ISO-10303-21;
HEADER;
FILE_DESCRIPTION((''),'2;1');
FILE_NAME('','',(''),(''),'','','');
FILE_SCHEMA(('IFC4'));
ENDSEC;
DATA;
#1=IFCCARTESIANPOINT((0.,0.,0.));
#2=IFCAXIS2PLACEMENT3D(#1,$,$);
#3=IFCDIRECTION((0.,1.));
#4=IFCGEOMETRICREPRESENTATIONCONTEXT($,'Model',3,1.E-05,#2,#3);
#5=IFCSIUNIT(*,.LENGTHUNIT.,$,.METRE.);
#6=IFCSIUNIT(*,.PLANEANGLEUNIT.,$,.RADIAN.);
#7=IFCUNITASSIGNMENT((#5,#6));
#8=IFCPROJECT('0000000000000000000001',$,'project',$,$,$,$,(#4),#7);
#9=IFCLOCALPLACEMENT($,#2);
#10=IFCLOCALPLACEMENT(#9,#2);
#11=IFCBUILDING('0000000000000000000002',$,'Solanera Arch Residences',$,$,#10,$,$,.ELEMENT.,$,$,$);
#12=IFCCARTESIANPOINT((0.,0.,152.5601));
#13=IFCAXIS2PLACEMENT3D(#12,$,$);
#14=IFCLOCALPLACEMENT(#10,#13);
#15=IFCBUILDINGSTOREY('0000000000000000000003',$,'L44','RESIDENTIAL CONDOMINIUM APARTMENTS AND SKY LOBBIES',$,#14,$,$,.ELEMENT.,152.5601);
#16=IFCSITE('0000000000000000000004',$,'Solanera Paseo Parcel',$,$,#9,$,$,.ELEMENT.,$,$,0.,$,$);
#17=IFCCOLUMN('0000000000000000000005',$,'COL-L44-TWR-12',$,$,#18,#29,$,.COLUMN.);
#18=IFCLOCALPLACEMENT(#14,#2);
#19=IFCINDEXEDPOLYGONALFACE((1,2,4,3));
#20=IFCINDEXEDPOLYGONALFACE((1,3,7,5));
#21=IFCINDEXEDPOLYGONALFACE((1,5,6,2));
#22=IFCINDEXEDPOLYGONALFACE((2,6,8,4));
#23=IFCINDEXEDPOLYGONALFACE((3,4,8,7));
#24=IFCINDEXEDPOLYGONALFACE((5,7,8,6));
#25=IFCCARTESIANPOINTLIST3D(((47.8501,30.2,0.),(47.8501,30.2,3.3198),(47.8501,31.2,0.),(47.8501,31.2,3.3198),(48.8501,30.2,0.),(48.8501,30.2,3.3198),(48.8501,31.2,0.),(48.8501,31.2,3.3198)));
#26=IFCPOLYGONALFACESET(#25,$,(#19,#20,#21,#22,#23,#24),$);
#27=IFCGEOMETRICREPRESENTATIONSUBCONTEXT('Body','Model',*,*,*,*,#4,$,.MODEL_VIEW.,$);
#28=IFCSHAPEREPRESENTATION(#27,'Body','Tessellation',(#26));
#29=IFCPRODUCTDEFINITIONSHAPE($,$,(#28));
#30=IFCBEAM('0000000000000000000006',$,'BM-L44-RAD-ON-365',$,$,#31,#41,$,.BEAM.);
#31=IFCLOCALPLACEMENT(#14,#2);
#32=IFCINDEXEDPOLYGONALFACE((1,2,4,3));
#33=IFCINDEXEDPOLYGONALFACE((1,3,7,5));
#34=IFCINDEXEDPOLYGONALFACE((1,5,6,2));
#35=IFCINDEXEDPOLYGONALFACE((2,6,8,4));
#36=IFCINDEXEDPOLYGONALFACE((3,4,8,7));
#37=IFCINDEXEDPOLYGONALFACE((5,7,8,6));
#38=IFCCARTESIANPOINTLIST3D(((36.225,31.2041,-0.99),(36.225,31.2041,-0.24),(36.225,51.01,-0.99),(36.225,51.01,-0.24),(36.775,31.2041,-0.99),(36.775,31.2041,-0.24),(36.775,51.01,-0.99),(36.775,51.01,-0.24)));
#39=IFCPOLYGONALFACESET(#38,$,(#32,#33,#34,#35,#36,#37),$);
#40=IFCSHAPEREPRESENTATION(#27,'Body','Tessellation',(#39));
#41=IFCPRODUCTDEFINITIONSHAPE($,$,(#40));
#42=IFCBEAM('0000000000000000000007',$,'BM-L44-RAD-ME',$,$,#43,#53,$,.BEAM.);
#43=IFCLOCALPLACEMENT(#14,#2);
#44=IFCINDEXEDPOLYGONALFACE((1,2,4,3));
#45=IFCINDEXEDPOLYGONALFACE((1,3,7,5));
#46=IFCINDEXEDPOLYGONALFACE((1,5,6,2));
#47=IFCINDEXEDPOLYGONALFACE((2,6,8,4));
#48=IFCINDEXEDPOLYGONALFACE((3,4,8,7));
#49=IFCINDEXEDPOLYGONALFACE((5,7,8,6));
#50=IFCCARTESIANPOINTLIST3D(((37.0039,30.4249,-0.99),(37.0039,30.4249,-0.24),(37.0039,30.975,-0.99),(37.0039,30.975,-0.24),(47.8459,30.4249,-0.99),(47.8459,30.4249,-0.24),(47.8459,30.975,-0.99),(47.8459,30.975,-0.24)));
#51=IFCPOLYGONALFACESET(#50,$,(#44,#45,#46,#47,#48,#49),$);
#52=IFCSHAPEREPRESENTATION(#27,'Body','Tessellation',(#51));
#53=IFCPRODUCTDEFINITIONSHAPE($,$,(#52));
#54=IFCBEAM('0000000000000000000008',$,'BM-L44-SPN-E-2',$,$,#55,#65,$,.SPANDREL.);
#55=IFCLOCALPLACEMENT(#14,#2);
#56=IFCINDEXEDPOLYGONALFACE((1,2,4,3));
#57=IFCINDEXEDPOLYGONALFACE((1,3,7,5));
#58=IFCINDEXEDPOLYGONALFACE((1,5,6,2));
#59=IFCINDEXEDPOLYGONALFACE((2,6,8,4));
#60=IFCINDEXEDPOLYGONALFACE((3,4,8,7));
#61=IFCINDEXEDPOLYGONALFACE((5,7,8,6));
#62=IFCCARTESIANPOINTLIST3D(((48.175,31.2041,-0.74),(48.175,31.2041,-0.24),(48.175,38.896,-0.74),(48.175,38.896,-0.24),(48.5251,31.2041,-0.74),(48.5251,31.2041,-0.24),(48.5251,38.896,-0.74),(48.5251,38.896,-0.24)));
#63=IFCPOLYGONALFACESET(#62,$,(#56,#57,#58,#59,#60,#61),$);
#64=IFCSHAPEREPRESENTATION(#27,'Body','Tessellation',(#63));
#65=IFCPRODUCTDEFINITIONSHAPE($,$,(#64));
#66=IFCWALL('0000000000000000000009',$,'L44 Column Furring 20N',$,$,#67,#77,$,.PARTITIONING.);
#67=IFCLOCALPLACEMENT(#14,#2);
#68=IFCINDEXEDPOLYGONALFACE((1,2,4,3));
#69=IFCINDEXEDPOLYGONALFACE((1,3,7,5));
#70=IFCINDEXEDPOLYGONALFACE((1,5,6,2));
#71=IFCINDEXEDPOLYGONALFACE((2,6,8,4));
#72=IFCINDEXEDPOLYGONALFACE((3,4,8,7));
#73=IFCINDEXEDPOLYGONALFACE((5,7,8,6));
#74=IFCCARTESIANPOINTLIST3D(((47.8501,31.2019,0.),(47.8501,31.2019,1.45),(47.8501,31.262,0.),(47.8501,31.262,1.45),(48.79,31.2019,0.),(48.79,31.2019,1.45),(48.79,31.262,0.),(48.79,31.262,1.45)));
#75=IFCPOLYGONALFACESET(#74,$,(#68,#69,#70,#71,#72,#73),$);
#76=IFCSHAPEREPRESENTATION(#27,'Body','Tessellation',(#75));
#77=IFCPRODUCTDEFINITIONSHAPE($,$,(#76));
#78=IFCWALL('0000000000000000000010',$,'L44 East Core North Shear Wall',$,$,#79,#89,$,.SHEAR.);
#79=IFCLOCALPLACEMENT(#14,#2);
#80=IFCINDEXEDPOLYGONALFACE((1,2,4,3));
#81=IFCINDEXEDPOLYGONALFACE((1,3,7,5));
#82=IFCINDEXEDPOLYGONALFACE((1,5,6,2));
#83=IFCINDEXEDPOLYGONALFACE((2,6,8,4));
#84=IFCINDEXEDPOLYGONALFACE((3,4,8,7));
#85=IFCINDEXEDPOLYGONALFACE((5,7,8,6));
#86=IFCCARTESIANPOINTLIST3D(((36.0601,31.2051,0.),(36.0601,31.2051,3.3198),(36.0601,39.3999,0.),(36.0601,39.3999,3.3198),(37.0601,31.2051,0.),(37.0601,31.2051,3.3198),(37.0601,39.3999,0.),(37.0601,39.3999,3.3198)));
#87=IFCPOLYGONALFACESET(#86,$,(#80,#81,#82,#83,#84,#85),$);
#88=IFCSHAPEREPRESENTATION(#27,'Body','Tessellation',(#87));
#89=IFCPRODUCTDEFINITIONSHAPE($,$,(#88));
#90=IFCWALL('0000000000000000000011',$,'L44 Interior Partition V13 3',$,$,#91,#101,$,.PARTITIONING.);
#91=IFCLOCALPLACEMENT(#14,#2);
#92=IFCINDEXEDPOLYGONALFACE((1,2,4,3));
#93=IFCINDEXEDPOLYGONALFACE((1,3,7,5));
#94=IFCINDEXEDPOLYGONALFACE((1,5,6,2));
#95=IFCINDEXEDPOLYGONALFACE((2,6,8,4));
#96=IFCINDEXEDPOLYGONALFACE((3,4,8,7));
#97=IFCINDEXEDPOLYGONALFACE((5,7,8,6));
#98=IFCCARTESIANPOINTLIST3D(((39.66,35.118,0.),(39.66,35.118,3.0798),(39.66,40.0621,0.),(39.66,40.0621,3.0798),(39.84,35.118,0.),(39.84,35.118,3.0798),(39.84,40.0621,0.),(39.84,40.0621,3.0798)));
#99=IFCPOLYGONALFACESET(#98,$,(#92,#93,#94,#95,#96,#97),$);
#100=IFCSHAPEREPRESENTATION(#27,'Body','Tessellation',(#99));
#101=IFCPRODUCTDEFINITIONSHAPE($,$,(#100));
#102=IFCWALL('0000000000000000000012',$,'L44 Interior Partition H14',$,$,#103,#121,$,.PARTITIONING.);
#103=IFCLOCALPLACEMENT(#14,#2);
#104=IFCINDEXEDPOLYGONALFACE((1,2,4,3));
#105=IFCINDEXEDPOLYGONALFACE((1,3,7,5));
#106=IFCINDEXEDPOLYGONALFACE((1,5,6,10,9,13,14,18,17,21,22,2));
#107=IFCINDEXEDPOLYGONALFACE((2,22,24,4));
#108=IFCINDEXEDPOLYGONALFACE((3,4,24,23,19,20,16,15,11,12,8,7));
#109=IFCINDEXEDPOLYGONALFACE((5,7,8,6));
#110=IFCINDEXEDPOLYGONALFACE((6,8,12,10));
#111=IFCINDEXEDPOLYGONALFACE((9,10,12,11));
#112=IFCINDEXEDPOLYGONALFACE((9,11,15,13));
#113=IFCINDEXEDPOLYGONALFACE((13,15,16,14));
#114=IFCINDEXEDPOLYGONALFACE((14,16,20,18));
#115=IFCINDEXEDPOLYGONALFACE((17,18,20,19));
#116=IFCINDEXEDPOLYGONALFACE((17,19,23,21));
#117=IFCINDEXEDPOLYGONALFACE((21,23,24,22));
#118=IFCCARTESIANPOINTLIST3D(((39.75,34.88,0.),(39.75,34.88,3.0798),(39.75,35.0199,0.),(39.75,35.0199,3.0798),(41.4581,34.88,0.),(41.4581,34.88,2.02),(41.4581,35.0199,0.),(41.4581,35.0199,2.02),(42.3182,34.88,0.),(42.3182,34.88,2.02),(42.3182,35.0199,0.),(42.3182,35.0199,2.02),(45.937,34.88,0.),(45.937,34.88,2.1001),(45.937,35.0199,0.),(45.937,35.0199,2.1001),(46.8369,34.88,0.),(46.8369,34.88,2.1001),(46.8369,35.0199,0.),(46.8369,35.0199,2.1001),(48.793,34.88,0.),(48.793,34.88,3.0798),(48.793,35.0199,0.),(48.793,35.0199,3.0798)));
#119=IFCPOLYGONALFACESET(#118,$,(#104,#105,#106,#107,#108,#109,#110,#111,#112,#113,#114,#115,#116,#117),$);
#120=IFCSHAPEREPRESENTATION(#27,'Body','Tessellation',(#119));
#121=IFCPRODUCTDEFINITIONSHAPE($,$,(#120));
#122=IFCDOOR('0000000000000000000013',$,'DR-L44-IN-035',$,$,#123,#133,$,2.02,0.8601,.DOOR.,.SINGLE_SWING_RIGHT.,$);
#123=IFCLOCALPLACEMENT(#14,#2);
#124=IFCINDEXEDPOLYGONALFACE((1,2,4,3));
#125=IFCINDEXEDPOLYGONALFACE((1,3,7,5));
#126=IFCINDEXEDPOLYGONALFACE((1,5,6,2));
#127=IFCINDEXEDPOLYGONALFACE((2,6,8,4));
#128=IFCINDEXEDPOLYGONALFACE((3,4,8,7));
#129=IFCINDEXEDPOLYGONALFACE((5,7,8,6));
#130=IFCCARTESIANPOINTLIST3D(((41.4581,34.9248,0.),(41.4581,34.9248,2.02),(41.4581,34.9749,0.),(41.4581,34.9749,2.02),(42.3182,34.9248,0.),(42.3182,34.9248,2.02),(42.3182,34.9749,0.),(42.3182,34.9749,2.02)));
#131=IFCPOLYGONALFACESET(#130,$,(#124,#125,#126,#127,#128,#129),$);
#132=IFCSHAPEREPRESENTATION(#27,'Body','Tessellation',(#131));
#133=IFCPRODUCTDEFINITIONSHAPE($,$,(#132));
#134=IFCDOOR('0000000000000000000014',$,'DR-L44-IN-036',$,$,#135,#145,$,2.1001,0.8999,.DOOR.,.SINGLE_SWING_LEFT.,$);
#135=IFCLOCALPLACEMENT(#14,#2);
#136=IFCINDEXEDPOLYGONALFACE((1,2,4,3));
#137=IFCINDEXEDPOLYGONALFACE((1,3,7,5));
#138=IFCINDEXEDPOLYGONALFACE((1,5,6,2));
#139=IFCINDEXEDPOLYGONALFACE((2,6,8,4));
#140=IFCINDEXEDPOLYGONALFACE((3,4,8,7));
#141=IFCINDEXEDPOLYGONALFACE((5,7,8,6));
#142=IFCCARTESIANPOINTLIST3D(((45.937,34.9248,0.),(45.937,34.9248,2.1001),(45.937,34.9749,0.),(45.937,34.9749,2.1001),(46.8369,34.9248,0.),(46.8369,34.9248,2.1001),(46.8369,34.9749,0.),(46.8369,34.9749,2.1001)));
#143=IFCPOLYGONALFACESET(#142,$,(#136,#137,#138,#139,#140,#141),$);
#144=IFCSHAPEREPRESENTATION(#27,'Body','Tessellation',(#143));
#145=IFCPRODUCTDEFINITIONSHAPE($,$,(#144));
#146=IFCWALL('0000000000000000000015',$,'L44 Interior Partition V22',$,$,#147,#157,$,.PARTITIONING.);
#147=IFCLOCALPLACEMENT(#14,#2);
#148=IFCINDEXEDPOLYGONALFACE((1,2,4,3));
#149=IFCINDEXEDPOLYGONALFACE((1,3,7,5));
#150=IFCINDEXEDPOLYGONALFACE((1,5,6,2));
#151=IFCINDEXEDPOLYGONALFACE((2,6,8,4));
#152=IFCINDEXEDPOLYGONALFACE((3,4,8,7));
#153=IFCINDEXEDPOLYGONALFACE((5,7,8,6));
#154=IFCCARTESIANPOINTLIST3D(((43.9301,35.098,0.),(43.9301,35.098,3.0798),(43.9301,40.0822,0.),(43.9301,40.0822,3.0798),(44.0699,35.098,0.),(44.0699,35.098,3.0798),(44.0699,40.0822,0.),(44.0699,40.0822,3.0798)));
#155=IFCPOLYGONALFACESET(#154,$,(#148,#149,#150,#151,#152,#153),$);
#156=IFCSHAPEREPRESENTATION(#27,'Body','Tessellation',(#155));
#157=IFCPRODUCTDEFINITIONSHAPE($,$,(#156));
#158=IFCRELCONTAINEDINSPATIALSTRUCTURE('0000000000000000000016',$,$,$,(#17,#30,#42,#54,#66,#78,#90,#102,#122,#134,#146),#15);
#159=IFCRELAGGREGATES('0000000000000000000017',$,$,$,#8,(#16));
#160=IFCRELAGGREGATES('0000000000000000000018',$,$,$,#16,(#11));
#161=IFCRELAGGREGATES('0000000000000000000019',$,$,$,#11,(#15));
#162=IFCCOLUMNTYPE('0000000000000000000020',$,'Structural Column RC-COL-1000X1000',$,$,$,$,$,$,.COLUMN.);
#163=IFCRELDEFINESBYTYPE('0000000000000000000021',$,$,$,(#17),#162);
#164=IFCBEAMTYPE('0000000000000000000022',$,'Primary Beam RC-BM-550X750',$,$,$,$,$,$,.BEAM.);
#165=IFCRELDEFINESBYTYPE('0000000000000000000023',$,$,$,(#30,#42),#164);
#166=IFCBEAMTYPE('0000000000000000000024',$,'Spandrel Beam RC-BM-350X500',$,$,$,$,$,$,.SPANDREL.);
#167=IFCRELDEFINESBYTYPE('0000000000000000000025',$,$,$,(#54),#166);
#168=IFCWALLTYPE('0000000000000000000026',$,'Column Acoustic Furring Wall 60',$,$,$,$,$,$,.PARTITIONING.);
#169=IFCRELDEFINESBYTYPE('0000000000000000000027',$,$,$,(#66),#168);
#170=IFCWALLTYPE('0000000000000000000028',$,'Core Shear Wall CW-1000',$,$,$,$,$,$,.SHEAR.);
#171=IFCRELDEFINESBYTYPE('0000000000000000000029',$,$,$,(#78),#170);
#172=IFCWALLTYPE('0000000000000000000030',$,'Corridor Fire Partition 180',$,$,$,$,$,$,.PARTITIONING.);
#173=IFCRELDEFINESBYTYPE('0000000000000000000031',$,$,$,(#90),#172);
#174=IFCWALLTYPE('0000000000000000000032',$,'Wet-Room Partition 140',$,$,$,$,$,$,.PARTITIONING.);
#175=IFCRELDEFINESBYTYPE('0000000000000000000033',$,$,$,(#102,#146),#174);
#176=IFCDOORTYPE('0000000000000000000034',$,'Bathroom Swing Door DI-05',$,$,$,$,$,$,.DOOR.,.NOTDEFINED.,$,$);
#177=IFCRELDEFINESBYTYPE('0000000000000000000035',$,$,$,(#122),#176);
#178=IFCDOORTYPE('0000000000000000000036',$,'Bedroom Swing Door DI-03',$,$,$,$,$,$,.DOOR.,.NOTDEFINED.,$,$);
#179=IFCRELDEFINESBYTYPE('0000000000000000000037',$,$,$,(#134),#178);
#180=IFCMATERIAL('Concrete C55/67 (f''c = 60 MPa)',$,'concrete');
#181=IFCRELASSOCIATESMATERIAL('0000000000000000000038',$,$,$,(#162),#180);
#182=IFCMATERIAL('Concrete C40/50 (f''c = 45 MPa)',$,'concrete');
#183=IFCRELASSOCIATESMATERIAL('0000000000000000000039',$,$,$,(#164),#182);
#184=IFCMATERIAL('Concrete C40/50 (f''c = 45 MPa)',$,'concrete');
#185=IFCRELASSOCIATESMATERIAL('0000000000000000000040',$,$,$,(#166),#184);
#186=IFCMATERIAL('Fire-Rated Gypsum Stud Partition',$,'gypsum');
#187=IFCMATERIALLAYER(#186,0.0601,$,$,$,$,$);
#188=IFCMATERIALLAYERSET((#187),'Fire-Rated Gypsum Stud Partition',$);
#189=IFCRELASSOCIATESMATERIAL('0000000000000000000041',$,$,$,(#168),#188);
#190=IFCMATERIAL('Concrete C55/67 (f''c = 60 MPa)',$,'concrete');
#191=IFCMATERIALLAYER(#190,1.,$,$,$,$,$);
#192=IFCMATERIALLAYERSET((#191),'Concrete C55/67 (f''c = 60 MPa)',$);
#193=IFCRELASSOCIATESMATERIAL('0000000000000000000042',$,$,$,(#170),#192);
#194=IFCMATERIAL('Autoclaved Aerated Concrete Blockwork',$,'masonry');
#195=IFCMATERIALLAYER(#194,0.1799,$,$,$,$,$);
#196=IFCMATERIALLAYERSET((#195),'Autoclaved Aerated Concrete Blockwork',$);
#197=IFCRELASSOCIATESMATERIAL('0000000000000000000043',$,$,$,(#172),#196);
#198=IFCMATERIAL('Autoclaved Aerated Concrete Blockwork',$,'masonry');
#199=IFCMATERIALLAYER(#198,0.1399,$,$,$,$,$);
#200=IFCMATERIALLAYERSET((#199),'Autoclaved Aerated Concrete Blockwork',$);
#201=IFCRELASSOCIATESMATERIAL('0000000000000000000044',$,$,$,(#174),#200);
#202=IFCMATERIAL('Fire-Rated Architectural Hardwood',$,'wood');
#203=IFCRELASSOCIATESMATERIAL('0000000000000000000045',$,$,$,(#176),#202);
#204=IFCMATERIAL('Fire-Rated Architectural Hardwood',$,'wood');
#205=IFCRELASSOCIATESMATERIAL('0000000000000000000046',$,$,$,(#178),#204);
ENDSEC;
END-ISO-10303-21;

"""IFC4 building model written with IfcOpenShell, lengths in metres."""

from ifc_helpers import new_model, si_unit, direction, frame, frame_2d, origin, origin_2d, place, context, subcontext, project, spatial, rectangle, extrude, material, layer, layer_set, material_profile, profile_set, type_object, element, fill, save


model = new_model("IFC4")

# Units and contexts
model_context = context("Model", 3, precision=1e-05, world=origin(), true_north=direction((0.0, 1.0)))
body_context = subcontext(model_context, "Body", "Model", "MODEL_VIEW")
ifc_project = project(units=[si_unit("LENGTHUNIT", "METRE"), si_unit("PLANEANGLEUNIT", "RADIAN")], contexts=[model_context])

# Site, building, storey
site_placement = place(None, origin())
site = spatial("IfcSite", under=ifc_project, at=site_placement, Name="Solanera Paseo Parcel", CompositionType="ELEMENT", RefElevation=0.0)
building_placement = place(site_placement, origin())
building = spatial("IfcBuilding", under=site, at=building_placement, Name="Solanera Arch Residences", CompositionType="ELEMENT")
storey_placement = place(building_placement, frame((0.0, 0.0, 152.5601)))
storey = spatial("IfcBuildingStorey", under=building, at=storey_placement, Name="L44", Description="RESIDENTIAL CONDOMINIUM APARTMENTS AND SKY LOBBIES", CompositionType="ELEMENT", Elevation=152.5601)

# Column
ifc_material_1 = material(Name="Concrete C55/67 (f'c = 60 MPa)", Category="concrete")
ifc_material_profile_1 = material_profile(ifc_material_1, rectangle(XDim=1.0, YDim=1.0, at=origin_2d()))
ifc_profile_set_1 = profile_set([ifc_material_profile_1], Name="Concrete C55/67 (f'c = 60 MPa)")
column_type = type_object("IfcColumnType", Name="Structural Column RC-COL-1000X1000", PredefinedType="COLUMN", material=ifc_profile_set_1)
column_placement = place(storey_placement, frame((48.3501, 30.7, 0.0), z_axis=(0.0, 0.0, 1.0), x_axis=(1.0, 0.0, 0.0)))
element("IfcColumn", 1, at=column_placement, inside=storey, type_object=column_type, Name="COL-L44-TWR-12", PredefinedType="COLUMN", context=body_context, shape_type="SweptSolid", body=[
    extrude(rectangle(XDim=1.0, YDim=1.0, at=origin_2d()), origin(), (0.0, 0.0, 1.0), 3.3198),
])

# Beams
ifc_material_2 = material(Name="Concrete C40/50 (f'c = 45 MPa)", Category="concrete")
ifc_material_profile_2 = material_profile(ifc_material_2, rectangle(XDim=0.55, YDim=0.75, at=origin_2d()))
ifc_profile_set_2 = profile_set([ifc_material_profile_2], Name="Concrete C40/50 (f'c = 45 MPa)")
beam_type_1 = type_object("IfcBeamType", Name="Primary Beam RC-BM-550X750", PredefinedType="BEAM", material=ifc_profile_set_2)
beam_1_placement = place(storey_placement, frame((36.5, 31.2041, -0.615), z_axis=(0.0, 1.0, 0.0), x_axis=(-1.0, 0.0, 0.0)))
element("IfcBeam", 2, at=beam_1_placement, inside=storey, type_object=beam_type_1, Name="BM-L44-RAD-ON-365", PredefinedType="BEAM", context=body_context, shape_type="SweptSolid", body=[
    extrude(rectangle(XDim=0.55, YDim=0.75, at=origin_2d()), origin(), (0.0, 0.0, 1.0), 19.8059),
])
beam_2_placement = place(storey_placement, frame((37.0039, 30.7, -0.615), z_axis=(1.0, 0.0, 0.0), x_axis=(0.0, 1.0, 0.0)))
element("IfcBeam", 3, at=beam_2_placement, inside=storey, type_object=beam_type_1, Name="BM-L44-RAD-ME", PredefinedType="BEAM", context=body_context, shape_type="SweptSolid", body=[
    extrude(rectangle(XDim=0.55, YDim=0.75, at=origin_2d()), origin(), (0.0, 0.0, 1.0), 10.842),
])
ifc_material_3 = material(Name="Concrete C40/50 (f'c = 45 MPa)", Category="concrete")
ifc_material_profile_3 = material_profile(ifc_material_3, rectangle(XDim=0.3501, YDim=0.5, at=origin_2d()))
ifc_profile_set_3 = profile_set([ifc_material_profile_3], Name="Concrete C40/50 (f'c = 45 MPa)")
beam_type_2 = type_object("IfcBeamType", Name="Spandrel Beam RC-BM-350X500", PredefinedType="SPANDREL", material=ifc_profile_set_3)
beam_3_placement = place(storey_placement, frame((48.3501, 31.2041, -0.49), z_axis=(0.0, 1.0, 0.0), x_axis=(-1.0, 0.0, 0.0)))
element("IfcBeam", 4, at=beam_3_placement, inside=storey, type_object=beam_type_2, Name="BM-L44-SPN-E-2", PredefinedType="SPANDREL", context=body_context, shape_type="SweptSolid", body=[
    extrude(rectangle(XDim=0.3501, YDim=0.5, at=origin_2d()), origin(), (0.0, 0.0, 1.0), 7.6919),
])

# Walls
ifc_material_4 = material(Name="Fire-Rated Gypsum Stud Partition", Category="gypsum")
ifc_layer_1 = layer(ifc_material_4, 0.0601)
ifc_layer_set_1 = layer_set([ifc_layer_1], Name="Fire-Rated Gypsum Stud Partition")
wall_type_1 = type_object("IfcWallType", Name="Column Acoustic Furring Wall 60", PredefinedType="PARTITIONING", material=ifc_layer_set_1)
wall_1_placement = place(storey_placement, frame((47.8501, 31.2319, 0.0), z_axis=(0.0, 0.0, 1.0), x_axis=(1.0, 0.0, 0.0)))
element("IfcWall", 5, at=wall_1_placement, inside=storey, type_object=wall_type_1, Name="L44 Column Furring 20N", PredefinedType="PARTITIONING", context=body_context, shape_type="SweptSolid", body=[
    extrude(rectangle(XDim=0.9399, YDim=0.0601, at=frame_2d((0.47, 0.0))), origin(), (0.0, 0.0, 1.0), 1.45),
])
ifc_material_5 = material(Name="Concrete C55/67 (f'c = 60 MPa)", Category="concrete")
ifc_layer_2 = layer(ifc_material_5, 1.0)
ifc_layer_set_2 = layer_set([ifc_layer_2], Name="Concrete C55/67 (f'c = 60 MPa)")
wall_type_2 = type_object("IfcWallType", Name="Core Shear Wall CW-1000", PredefinedType="SHEAR", material=ifc_layer_set_2)
wall_2_placement = place(storey_placement, frame((36.5601, 31.2051, 0.0), z_axis=(0.0, 0.0, 1.0), x_axis=(0.0, 1.0, 0.0)))
element("IfcWall", 6, at=wall_2_placement, inside=storey, type_object=wall_type_2, Name="L44 East Core North Shear Wall", PredefinedType="SHEAR", context=body_context, shape_type="SweptSolid", body=[
    extrude(rectangle(XDim=8.1948, YDim=1.0, at=frame_2d((4.0974, 0.0))), origin(), (0.0, 0.0, 1.0), 3.3198),
])

# Wall
ifc_material_6 = material(Name="Autoclaved Aerated Concrete Blockwork", Category="masonry")
ifc_layer_3 = layer(ifc_material_6, 0.1799)
ifc_layer_set_3 = layer_set([ifc_layer_3], Name="Autoclaved Aerated Concrete Blockwork")
wall_type_3 = type_object("IfcWallType", Name="Corridor Fire Partition 180", PredefinedType="PARTITIONING", material=ifc_layer_set_3)
wall_3_placement = place(storey_placement, frame((39.75, 35.1179, 0.0), z_axis=(0.0, 0.0, 1.0), x_axis=(0.0, 1.0, 0.0)))
element("IfcWall", 7, at=wall_3_placement, inside=storey, type_object=wall_type_3, Name="L44 Interior Partition V13 3", PredefinedType="PARTITIONING", context=body_context, shape_type="SweptSolid", body=[
    extrude(rectangle(XDim=4.9441, YDim=0.1799, at=frame_2d((2.4722, 0.0))), origin(), (0.0, 0.0, 1.0), 3.0798),
])

# Wall, openings, doors
ifc_material_7 = material(Name="Autoclaved Aerated Concrete Blockwork", Category="masonry")
ifc_layer_4 = layer(ifc_material_7, 0.1399)
ifc_layer_set_4 = layer_set([ifc_layer_4], Name="Autoclaved Aerated Concrete Blockwork")
wall_type_4 = type_object("IfcWallType", Name="Wet-Room Partition 140", PredefinedType="PARTITIONING", material=ifc_layer_set_4)
wall_4_placement = place(storey_placement, frame((39.75, 34.95, 0.0), z_axis=(0.0, 0.0, 1.0), x_axis=(1.0, 0.0, 0.0)))
wall_4 = element("IfcWall", 8, at=wall_4_placement, inside=storey, type_object=wall_type_4, Name="L44 Interior Partition H14", PredefinedType="PARTITIONING", context=body_context, shape_type="SweptSolid", body=[
    extrude(rectangle(XDim=9.043, YDim=0.1399, at=frame_2d((4.5215, 0.0))), origin(), (0.0, 0.0, 1.0), 3.0798),
])
opening_1_placement = place(wall_4_placement, frame((1.708, 0.0, 0.0)))
opening_1 = element("IfcOpeningElement", 9, at=opening_1_placement, cuts=wall_4, PredefinedType="OPENING", context=body_context, shape_type="SweptSolid", body=[
    extrude(rectangle(XDim=0.8601, YDim=2.02, at=frame_2d((0.4302, 1.01))), frame((0.0, 0.0798, 0.0), z_axis=(0.0, -1.0, 0.0), x_axis=(1.0, 0.0, 0.0)), (0.0, 0.0, 1.0), 0.1599),
])
opening_2_placement = place(wall_4_placement, frame((6.187, 0.0, 0.0)))
opening_2 = element("IfcOpeningElement", 10, at=opening_2_placement, cuts=wall_4, PredefinedType="OPENING", context=body_context, shape_type="SweptSolid", body=[
    extrude(rectangle(XDim=0.8999, YDim=2.1001, at=frame_2d((0.45, 1.05))), frame((0.0, 0.0798, 0.0), z_axis=(0.0, -1.0, 0.0), x_axis=(1.0, 0.0, 0.0)), (0.0, 0.0, 1.0), 0.1599),
])
ifc_material_8 = material(Name="Fire-Rated Architectural Hardwood", Category="wood")
door_type_1 = type_object("IfcDoorType", Name="Bathroom Swing Door DI-05", OperationType="NOTDEFINED", PredefinedType="DOOR", material=ifc_material_8)
door_1_placement = place(opening_1_placement, origin())
door_1 = element("IfcDoor", 11, at=door_1_placement, inside=storey, type_object=door_type_1, Name="DR-L44-IN-035", OperationType="SINGLE_SWING_RIGHT", OverallHeight=2.02, OverallWidth=0.8601, PredefinedType="DOOR", context=body_context, shape_type="SweptSolid", body=[
    extrude(rectangle(XDim=0.8601, YDim=2.02, at=frame_2d((0.4302, 1.01))), frame((0.0, 0.0249, 0.0), z_axis=(0.0, -1.0, 0.0), x_axis=(1.0, 0.0, 0.0)), (0.0, 0.0, 1.0), 0.05),
])
fill(opening_1, door_1)
ifc_material_9 = material(Name="Fire-Rated Architectural Hardwood", Category="wood")
door_type_2 = type_object("IfcDoorType", Name="Bedroom Swing Door DI-03", OperationType="NOTDEFINED", PredefinedType="DOOR", material=ifc_material_9)
door_2_placement = place(opening_2_placement, origin())
door_2 = element("IfcDoor", 12, at=door_2_placement, inside=storey, type_object=door_type_2, Name="DR-L44-IN-036", OperationType="SINGLE_SWING_LEFT", OverallHeight=2.1001, OverallWidth=0.8999, PredefinedType="DOOR", context=body_context, shape_type="SweptSolid", body=[
    extrude(rectangle(XDim=0.8999, YDim=2.1001, at=frame_2d((0.45, 1.05))), frame((0.0, 0.0249, 0.0), z_axis=(0.0, -1.0, 0.0), x_axis=(1.0, 0.0, 0.0)), (0.0, 0.0, 1.0), 0.05),
])
fill(opening_2, door_2)

# Wall
wall_5_placement = place(storey_placement, frame((44.0, 35.0979, 0.0), z_axis=(0.0, 0.0, 1.0), x_axis=(0.0, 1.0, 0.0)))
element("IfcWall", 13, at=wall_5_placement, inside=storey, type_object=wall_type_4, Name="L44 Interior Partition V22", PredefinedType="PARTITIONING", context=body_context, shape_type="SweptSolid", body=[
    extrude(rectangle(XDim=4.9841, YDim=0.1399, at=frame_2d((2.4922, 0.0))), origin(), (0.0, 0.0, 1.0), 3.0798),
])

save(model, "model.ifc")
